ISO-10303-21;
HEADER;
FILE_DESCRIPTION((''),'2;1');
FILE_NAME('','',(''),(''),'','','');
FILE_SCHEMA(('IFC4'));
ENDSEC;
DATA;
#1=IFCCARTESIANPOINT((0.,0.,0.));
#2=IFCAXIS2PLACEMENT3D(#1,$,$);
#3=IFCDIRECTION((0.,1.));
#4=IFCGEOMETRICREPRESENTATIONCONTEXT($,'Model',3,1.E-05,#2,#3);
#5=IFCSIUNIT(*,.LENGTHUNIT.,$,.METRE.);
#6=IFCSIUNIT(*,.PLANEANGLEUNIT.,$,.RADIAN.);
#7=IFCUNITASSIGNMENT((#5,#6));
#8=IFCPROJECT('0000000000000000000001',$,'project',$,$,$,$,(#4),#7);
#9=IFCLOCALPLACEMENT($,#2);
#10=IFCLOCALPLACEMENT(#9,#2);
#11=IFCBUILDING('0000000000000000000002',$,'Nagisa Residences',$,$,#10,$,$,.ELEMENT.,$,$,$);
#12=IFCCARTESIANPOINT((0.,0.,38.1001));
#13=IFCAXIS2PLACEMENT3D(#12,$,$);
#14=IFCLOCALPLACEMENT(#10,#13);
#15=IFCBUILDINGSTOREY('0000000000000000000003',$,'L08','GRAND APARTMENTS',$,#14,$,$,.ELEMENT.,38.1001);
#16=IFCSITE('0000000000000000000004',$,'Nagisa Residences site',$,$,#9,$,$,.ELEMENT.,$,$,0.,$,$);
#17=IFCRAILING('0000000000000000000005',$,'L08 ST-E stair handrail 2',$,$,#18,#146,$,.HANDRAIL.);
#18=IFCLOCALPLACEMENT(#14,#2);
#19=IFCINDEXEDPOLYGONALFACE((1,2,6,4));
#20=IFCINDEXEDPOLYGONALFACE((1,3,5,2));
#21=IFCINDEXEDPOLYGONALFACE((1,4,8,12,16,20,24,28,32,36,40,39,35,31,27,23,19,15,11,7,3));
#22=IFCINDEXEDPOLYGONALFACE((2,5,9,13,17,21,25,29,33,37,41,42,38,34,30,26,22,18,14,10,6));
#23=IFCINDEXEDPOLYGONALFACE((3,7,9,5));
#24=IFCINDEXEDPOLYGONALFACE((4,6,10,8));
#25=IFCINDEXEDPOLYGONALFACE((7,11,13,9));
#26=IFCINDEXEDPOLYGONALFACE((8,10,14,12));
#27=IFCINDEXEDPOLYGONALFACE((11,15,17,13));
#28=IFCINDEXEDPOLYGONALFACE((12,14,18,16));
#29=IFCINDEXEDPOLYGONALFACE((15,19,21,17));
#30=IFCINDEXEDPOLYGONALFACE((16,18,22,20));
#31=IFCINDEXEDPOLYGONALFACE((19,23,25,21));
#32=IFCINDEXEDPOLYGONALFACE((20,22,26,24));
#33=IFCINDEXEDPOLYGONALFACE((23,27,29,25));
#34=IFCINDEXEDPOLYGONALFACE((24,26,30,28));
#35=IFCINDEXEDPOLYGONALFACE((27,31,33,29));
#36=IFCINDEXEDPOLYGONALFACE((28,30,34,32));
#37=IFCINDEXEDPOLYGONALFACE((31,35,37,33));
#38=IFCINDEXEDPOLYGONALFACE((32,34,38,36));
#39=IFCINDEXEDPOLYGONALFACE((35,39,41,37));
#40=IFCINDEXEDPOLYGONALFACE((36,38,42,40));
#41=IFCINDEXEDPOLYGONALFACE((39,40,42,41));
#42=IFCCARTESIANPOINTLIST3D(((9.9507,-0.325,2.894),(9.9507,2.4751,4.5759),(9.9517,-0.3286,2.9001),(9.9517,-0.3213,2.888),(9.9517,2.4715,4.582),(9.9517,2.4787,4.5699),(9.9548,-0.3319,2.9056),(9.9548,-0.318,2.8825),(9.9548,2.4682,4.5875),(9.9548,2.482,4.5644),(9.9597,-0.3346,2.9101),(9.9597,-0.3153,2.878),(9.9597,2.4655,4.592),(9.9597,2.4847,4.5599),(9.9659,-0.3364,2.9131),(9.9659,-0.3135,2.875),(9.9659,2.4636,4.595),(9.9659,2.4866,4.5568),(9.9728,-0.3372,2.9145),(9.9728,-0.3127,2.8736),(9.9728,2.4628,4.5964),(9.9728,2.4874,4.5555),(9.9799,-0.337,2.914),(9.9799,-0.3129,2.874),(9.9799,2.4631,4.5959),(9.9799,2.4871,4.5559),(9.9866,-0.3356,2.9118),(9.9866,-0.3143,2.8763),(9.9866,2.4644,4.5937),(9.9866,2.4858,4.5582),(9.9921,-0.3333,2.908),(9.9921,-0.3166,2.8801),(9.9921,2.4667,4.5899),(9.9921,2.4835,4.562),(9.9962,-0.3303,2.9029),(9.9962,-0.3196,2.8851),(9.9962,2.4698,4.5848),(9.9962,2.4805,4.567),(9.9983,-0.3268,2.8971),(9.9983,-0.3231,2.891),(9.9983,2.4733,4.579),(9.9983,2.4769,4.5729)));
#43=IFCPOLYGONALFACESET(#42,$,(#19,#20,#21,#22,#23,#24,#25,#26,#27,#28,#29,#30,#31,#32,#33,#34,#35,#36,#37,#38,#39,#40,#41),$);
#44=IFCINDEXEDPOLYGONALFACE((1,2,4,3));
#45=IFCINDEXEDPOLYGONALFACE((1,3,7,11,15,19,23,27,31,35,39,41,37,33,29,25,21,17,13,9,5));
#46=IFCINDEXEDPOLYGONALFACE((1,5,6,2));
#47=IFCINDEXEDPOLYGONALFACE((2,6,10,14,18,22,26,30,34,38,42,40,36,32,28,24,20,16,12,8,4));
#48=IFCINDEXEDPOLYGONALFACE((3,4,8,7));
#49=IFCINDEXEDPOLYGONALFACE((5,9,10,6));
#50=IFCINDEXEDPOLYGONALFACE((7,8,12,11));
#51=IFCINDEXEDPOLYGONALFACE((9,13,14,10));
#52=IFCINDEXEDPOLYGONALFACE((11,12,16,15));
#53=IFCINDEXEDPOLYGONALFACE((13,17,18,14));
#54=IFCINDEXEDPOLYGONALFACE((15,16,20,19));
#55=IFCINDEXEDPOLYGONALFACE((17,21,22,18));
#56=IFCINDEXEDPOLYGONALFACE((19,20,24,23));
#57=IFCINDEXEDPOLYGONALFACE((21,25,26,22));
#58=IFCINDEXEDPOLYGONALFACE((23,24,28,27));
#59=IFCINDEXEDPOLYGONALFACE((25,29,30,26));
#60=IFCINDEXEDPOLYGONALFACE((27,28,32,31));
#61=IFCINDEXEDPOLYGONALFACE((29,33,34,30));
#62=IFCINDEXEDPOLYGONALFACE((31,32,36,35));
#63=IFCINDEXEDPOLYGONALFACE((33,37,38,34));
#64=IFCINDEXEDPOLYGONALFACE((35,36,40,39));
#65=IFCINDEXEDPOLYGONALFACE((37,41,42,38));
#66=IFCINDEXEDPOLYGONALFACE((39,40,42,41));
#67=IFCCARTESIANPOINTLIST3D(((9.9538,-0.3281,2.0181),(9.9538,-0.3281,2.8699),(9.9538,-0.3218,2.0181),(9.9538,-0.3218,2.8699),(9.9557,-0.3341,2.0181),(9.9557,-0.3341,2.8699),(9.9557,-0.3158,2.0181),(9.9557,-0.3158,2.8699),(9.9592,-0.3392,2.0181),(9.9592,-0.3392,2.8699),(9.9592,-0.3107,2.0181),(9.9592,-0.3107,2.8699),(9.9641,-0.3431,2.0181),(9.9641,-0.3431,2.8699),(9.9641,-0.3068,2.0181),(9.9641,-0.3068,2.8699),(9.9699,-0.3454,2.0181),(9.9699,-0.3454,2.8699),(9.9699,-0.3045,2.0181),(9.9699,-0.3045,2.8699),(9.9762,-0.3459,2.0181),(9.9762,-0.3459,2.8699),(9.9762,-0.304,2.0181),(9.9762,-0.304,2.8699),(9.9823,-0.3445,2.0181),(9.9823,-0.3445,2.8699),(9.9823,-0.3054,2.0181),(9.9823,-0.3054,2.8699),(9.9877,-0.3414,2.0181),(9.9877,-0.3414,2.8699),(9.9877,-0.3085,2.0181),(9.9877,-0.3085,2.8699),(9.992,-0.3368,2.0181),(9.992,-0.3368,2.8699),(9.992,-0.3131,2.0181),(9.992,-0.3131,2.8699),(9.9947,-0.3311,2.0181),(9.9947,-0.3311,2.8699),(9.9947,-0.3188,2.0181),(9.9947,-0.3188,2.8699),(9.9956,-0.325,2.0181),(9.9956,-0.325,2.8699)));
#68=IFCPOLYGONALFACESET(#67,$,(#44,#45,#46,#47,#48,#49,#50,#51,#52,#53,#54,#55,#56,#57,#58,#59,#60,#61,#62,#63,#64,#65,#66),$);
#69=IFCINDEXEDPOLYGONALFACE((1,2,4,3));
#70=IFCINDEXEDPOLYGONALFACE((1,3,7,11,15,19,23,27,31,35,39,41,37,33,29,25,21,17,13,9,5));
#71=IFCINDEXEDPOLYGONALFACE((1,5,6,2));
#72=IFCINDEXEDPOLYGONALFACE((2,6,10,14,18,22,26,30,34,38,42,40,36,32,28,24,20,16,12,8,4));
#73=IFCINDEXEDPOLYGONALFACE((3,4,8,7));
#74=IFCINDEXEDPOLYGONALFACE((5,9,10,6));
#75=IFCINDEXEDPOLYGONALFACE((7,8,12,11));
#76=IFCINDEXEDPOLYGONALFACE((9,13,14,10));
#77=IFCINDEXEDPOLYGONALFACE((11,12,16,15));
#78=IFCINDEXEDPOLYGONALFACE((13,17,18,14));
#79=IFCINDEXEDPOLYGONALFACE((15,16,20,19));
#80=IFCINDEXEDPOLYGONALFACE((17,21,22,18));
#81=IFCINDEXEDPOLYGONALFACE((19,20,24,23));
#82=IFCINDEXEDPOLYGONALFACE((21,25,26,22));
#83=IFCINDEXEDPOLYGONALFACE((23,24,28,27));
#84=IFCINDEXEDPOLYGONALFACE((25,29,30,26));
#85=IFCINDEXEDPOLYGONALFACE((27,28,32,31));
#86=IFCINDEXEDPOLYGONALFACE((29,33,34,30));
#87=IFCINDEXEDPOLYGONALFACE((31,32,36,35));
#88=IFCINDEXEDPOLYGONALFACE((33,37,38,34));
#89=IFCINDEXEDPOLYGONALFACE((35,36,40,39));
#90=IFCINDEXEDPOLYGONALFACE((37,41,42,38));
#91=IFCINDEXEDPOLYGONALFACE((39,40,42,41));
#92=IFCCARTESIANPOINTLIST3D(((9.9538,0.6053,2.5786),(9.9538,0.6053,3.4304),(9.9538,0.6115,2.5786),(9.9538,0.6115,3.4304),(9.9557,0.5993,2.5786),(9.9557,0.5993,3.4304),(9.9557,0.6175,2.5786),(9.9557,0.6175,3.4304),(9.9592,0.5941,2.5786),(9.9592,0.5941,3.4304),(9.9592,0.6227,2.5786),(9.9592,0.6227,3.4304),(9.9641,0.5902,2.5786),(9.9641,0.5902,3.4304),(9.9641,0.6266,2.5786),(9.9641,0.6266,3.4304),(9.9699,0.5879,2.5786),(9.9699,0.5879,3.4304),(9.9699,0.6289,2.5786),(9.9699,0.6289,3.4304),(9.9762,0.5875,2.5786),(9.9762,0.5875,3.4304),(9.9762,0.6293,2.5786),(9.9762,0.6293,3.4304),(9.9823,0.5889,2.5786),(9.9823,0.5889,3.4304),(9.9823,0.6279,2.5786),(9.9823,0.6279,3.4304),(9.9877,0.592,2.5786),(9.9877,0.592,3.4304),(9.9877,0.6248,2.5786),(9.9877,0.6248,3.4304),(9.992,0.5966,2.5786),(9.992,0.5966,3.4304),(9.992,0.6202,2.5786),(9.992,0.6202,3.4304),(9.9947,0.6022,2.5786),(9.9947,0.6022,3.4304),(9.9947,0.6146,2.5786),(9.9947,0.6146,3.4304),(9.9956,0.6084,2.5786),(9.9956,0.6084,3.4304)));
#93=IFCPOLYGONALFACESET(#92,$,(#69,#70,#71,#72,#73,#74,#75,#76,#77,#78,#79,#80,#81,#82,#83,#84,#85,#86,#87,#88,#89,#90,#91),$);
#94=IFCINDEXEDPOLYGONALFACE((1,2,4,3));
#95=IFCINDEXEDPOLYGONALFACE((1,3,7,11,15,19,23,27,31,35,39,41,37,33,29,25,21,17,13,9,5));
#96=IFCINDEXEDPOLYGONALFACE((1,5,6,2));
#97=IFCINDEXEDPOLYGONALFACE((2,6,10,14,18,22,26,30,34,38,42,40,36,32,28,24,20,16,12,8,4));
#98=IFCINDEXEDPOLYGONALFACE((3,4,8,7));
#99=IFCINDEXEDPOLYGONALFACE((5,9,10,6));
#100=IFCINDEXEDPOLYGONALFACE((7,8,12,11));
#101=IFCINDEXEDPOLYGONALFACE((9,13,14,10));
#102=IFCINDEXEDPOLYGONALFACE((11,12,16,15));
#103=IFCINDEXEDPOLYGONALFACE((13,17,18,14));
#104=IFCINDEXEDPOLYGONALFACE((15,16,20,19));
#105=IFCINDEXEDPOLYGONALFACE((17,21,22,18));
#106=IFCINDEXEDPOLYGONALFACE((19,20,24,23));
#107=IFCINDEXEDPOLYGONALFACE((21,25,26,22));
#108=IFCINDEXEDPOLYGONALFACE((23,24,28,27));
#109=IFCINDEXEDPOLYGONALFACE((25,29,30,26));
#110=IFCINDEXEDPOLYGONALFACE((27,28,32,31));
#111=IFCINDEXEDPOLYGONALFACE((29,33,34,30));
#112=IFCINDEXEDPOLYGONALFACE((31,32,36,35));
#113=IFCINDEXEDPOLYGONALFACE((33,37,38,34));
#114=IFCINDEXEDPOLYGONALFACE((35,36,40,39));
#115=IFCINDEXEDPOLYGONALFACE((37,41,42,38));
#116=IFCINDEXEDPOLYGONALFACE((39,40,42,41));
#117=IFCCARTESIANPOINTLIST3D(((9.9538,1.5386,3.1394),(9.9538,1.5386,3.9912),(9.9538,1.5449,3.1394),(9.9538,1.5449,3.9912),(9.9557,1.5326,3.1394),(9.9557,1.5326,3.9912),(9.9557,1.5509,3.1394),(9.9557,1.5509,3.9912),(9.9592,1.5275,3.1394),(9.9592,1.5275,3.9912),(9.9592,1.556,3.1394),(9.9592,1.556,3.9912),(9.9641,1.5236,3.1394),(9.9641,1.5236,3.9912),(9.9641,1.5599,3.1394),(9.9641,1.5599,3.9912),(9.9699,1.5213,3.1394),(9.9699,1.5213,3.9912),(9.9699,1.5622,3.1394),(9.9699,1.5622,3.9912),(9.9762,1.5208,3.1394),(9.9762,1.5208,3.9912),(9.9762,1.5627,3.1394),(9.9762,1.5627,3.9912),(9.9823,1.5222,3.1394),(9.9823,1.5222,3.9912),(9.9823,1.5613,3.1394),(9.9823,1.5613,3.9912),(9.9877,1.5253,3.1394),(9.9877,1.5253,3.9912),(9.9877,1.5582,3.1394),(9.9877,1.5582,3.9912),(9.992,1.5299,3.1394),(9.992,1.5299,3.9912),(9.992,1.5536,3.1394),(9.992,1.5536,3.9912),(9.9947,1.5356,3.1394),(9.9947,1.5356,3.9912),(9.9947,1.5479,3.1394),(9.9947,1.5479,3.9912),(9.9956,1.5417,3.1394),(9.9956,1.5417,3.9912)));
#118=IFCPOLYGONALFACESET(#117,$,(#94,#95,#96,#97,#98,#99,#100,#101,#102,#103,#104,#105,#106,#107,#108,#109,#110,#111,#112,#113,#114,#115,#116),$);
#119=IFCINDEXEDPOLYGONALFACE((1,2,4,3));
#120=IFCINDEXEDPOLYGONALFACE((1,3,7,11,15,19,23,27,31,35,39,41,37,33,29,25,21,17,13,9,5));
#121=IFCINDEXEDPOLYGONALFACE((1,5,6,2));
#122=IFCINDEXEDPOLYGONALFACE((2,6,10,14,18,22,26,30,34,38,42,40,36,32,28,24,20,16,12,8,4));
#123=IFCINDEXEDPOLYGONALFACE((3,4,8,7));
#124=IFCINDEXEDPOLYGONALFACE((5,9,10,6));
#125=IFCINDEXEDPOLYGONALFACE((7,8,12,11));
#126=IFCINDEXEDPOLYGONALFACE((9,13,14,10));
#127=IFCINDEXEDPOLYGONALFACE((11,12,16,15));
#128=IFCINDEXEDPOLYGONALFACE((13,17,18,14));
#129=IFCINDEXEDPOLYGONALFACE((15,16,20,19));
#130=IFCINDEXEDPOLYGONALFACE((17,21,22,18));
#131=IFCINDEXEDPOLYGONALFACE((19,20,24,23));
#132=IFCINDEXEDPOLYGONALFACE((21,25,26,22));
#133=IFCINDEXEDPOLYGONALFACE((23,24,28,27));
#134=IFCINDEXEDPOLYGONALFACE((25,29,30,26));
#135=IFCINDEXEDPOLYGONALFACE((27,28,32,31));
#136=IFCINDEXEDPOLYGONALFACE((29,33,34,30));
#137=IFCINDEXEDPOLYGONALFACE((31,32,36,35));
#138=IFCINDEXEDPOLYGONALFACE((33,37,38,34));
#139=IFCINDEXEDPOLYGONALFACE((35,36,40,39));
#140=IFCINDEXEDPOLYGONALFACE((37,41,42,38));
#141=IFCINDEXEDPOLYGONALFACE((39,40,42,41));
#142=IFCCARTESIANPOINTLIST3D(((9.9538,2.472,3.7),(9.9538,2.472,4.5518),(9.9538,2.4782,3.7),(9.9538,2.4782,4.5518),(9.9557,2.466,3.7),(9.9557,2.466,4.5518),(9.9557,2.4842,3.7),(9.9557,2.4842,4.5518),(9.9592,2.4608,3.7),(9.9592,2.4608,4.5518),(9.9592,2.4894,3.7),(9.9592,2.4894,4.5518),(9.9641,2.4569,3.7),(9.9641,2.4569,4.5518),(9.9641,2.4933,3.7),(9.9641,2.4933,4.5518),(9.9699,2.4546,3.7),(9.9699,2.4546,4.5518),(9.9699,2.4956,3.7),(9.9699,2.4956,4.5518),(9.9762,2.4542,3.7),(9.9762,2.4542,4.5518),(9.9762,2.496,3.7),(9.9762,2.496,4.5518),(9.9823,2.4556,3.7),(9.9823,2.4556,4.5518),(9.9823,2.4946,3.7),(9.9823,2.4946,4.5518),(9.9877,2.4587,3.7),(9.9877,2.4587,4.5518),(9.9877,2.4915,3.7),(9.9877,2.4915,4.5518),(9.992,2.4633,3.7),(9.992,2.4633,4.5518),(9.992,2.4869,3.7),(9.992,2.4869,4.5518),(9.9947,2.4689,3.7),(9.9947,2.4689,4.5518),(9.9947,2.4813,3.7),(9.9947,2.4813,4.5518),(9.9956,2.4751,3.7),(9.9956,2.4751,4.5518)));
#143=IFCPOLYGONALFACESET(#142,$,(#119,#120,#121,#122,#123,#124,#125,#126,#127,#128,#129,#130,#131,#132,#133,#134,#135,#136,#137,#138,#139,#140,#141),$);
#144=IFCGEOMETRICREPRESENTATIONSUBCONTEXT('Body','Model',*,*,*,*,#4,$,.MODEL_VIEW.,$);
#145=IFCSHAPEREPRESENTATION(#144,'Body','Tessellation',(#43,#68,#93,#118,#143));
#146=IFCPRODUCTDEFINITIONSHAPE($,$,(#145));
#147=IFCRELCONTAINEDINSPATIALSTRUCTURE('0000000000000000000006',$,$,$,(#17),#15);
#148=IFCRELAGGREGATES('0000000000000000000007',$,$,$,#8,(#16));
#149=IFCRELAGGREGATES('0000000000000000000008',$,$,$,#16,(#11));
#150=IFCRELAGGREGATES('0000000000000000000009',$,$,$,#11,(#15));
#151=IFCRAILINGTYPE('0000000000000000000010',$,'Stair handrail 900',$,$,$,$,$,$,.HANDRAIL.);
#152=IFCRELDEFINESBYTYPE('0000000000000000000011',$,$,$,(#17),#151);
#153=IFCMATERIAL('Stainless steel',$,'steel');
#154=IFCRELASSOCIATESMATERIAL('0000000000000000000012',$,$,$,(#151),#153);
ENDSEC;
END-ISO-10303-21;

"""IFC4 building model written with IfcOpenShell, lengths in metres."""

from ifc_helpers import new_model, si_unit, direction, frame, origin, origin_2d, place, context, subcontext, project, spatial, circle, extrude, material, type_object, element, save


model = new_model("IFC4")

# Units and contexts
model_context = context("Model", 3, precision=1e-05, world=origin(), true_north=direction((0.0, 1.0)))
body_context = subcontext(model_context, "Body", "Model", "MODEL_VIEW")
ifc_project = project(units=[si_unit("LENGTHUNIT", "METRE"), si_unit("PLANEANGLEUNIT", "RADIAN")], contexts=[model_context])

# Site, building, storey
site_placement = place(None, origin())
site = spatial("IfcSite", under=ifc_project, at=site_placement, Name="Nagisa Residences site", CompositionType="ELEMENT", RefElevation=0.0)
building_placement = place(site_placement, origin())
building = spatial("IfcBuilding", under=site, at=building_placement, Name="Nagisa Residences", CompositionType="ELEMENT")
storey_placement = place(building_placement, frame((0.0, 0.0, 38.1001)))
storey = spatial("IfcBuildingStorey", under=building, at=storey_placement, Name="L08", Description="GRAND APARTMENTS", CompositionType="ELEMENT", Elevation=38.1001)

# Railing
ifc_material_1 = material(Name="Stainless steel", Category="steel")
railing_type = type_object("IfcRailingType", Name="Stair handrail 900", PredefinedType="HANDRAIL", material=ifc_material_1)
railing_1_placement = place(storey_placement, frame((9.9746, -0.325, 2.0181)))
element("IfcRailing", 1, at=railing_1_placement, inside=storey, type_object=railing_type, Name="L08 ST-E stair handrail 2", PredefinedType="HANDRAIL", context=body_context, shape_type="SweptSolid", body=[
    extrude(circle(Radius=0.0239, at=origin_2d()), frame((0.0, 0.0, 0.876), z_axis=(0.0, 0.857242, 0.514913), x_axis=(-1.0, 0.0, 0.0)), (0.0, 0.0, 1.0), 3.2664),
    extrude(circle(Radius=0.021, at=origin_2d()), origin(), (0.0, 0.0, 1.0), 0.8518),
    extrude(circle(Radius=0.021, at=origin_2d()), frame((0.0, 0.9333, 0.5605)), (0.0, 0.0, 1.0), 0.8518),
    extrude(circle(Radius=0.021, at=origin_2d()), frame((0.0, 1.8667, 1.1213)), (0.0, 0.0, 1.0), 0.8518),
    extrude(circle(Radius=0.021, at=origin_2d()), frame((0.0, 2.8, 1.6819)), (0.0, 0.0, 1.0), 0.8518),
])

save(model, "model.ifc")
